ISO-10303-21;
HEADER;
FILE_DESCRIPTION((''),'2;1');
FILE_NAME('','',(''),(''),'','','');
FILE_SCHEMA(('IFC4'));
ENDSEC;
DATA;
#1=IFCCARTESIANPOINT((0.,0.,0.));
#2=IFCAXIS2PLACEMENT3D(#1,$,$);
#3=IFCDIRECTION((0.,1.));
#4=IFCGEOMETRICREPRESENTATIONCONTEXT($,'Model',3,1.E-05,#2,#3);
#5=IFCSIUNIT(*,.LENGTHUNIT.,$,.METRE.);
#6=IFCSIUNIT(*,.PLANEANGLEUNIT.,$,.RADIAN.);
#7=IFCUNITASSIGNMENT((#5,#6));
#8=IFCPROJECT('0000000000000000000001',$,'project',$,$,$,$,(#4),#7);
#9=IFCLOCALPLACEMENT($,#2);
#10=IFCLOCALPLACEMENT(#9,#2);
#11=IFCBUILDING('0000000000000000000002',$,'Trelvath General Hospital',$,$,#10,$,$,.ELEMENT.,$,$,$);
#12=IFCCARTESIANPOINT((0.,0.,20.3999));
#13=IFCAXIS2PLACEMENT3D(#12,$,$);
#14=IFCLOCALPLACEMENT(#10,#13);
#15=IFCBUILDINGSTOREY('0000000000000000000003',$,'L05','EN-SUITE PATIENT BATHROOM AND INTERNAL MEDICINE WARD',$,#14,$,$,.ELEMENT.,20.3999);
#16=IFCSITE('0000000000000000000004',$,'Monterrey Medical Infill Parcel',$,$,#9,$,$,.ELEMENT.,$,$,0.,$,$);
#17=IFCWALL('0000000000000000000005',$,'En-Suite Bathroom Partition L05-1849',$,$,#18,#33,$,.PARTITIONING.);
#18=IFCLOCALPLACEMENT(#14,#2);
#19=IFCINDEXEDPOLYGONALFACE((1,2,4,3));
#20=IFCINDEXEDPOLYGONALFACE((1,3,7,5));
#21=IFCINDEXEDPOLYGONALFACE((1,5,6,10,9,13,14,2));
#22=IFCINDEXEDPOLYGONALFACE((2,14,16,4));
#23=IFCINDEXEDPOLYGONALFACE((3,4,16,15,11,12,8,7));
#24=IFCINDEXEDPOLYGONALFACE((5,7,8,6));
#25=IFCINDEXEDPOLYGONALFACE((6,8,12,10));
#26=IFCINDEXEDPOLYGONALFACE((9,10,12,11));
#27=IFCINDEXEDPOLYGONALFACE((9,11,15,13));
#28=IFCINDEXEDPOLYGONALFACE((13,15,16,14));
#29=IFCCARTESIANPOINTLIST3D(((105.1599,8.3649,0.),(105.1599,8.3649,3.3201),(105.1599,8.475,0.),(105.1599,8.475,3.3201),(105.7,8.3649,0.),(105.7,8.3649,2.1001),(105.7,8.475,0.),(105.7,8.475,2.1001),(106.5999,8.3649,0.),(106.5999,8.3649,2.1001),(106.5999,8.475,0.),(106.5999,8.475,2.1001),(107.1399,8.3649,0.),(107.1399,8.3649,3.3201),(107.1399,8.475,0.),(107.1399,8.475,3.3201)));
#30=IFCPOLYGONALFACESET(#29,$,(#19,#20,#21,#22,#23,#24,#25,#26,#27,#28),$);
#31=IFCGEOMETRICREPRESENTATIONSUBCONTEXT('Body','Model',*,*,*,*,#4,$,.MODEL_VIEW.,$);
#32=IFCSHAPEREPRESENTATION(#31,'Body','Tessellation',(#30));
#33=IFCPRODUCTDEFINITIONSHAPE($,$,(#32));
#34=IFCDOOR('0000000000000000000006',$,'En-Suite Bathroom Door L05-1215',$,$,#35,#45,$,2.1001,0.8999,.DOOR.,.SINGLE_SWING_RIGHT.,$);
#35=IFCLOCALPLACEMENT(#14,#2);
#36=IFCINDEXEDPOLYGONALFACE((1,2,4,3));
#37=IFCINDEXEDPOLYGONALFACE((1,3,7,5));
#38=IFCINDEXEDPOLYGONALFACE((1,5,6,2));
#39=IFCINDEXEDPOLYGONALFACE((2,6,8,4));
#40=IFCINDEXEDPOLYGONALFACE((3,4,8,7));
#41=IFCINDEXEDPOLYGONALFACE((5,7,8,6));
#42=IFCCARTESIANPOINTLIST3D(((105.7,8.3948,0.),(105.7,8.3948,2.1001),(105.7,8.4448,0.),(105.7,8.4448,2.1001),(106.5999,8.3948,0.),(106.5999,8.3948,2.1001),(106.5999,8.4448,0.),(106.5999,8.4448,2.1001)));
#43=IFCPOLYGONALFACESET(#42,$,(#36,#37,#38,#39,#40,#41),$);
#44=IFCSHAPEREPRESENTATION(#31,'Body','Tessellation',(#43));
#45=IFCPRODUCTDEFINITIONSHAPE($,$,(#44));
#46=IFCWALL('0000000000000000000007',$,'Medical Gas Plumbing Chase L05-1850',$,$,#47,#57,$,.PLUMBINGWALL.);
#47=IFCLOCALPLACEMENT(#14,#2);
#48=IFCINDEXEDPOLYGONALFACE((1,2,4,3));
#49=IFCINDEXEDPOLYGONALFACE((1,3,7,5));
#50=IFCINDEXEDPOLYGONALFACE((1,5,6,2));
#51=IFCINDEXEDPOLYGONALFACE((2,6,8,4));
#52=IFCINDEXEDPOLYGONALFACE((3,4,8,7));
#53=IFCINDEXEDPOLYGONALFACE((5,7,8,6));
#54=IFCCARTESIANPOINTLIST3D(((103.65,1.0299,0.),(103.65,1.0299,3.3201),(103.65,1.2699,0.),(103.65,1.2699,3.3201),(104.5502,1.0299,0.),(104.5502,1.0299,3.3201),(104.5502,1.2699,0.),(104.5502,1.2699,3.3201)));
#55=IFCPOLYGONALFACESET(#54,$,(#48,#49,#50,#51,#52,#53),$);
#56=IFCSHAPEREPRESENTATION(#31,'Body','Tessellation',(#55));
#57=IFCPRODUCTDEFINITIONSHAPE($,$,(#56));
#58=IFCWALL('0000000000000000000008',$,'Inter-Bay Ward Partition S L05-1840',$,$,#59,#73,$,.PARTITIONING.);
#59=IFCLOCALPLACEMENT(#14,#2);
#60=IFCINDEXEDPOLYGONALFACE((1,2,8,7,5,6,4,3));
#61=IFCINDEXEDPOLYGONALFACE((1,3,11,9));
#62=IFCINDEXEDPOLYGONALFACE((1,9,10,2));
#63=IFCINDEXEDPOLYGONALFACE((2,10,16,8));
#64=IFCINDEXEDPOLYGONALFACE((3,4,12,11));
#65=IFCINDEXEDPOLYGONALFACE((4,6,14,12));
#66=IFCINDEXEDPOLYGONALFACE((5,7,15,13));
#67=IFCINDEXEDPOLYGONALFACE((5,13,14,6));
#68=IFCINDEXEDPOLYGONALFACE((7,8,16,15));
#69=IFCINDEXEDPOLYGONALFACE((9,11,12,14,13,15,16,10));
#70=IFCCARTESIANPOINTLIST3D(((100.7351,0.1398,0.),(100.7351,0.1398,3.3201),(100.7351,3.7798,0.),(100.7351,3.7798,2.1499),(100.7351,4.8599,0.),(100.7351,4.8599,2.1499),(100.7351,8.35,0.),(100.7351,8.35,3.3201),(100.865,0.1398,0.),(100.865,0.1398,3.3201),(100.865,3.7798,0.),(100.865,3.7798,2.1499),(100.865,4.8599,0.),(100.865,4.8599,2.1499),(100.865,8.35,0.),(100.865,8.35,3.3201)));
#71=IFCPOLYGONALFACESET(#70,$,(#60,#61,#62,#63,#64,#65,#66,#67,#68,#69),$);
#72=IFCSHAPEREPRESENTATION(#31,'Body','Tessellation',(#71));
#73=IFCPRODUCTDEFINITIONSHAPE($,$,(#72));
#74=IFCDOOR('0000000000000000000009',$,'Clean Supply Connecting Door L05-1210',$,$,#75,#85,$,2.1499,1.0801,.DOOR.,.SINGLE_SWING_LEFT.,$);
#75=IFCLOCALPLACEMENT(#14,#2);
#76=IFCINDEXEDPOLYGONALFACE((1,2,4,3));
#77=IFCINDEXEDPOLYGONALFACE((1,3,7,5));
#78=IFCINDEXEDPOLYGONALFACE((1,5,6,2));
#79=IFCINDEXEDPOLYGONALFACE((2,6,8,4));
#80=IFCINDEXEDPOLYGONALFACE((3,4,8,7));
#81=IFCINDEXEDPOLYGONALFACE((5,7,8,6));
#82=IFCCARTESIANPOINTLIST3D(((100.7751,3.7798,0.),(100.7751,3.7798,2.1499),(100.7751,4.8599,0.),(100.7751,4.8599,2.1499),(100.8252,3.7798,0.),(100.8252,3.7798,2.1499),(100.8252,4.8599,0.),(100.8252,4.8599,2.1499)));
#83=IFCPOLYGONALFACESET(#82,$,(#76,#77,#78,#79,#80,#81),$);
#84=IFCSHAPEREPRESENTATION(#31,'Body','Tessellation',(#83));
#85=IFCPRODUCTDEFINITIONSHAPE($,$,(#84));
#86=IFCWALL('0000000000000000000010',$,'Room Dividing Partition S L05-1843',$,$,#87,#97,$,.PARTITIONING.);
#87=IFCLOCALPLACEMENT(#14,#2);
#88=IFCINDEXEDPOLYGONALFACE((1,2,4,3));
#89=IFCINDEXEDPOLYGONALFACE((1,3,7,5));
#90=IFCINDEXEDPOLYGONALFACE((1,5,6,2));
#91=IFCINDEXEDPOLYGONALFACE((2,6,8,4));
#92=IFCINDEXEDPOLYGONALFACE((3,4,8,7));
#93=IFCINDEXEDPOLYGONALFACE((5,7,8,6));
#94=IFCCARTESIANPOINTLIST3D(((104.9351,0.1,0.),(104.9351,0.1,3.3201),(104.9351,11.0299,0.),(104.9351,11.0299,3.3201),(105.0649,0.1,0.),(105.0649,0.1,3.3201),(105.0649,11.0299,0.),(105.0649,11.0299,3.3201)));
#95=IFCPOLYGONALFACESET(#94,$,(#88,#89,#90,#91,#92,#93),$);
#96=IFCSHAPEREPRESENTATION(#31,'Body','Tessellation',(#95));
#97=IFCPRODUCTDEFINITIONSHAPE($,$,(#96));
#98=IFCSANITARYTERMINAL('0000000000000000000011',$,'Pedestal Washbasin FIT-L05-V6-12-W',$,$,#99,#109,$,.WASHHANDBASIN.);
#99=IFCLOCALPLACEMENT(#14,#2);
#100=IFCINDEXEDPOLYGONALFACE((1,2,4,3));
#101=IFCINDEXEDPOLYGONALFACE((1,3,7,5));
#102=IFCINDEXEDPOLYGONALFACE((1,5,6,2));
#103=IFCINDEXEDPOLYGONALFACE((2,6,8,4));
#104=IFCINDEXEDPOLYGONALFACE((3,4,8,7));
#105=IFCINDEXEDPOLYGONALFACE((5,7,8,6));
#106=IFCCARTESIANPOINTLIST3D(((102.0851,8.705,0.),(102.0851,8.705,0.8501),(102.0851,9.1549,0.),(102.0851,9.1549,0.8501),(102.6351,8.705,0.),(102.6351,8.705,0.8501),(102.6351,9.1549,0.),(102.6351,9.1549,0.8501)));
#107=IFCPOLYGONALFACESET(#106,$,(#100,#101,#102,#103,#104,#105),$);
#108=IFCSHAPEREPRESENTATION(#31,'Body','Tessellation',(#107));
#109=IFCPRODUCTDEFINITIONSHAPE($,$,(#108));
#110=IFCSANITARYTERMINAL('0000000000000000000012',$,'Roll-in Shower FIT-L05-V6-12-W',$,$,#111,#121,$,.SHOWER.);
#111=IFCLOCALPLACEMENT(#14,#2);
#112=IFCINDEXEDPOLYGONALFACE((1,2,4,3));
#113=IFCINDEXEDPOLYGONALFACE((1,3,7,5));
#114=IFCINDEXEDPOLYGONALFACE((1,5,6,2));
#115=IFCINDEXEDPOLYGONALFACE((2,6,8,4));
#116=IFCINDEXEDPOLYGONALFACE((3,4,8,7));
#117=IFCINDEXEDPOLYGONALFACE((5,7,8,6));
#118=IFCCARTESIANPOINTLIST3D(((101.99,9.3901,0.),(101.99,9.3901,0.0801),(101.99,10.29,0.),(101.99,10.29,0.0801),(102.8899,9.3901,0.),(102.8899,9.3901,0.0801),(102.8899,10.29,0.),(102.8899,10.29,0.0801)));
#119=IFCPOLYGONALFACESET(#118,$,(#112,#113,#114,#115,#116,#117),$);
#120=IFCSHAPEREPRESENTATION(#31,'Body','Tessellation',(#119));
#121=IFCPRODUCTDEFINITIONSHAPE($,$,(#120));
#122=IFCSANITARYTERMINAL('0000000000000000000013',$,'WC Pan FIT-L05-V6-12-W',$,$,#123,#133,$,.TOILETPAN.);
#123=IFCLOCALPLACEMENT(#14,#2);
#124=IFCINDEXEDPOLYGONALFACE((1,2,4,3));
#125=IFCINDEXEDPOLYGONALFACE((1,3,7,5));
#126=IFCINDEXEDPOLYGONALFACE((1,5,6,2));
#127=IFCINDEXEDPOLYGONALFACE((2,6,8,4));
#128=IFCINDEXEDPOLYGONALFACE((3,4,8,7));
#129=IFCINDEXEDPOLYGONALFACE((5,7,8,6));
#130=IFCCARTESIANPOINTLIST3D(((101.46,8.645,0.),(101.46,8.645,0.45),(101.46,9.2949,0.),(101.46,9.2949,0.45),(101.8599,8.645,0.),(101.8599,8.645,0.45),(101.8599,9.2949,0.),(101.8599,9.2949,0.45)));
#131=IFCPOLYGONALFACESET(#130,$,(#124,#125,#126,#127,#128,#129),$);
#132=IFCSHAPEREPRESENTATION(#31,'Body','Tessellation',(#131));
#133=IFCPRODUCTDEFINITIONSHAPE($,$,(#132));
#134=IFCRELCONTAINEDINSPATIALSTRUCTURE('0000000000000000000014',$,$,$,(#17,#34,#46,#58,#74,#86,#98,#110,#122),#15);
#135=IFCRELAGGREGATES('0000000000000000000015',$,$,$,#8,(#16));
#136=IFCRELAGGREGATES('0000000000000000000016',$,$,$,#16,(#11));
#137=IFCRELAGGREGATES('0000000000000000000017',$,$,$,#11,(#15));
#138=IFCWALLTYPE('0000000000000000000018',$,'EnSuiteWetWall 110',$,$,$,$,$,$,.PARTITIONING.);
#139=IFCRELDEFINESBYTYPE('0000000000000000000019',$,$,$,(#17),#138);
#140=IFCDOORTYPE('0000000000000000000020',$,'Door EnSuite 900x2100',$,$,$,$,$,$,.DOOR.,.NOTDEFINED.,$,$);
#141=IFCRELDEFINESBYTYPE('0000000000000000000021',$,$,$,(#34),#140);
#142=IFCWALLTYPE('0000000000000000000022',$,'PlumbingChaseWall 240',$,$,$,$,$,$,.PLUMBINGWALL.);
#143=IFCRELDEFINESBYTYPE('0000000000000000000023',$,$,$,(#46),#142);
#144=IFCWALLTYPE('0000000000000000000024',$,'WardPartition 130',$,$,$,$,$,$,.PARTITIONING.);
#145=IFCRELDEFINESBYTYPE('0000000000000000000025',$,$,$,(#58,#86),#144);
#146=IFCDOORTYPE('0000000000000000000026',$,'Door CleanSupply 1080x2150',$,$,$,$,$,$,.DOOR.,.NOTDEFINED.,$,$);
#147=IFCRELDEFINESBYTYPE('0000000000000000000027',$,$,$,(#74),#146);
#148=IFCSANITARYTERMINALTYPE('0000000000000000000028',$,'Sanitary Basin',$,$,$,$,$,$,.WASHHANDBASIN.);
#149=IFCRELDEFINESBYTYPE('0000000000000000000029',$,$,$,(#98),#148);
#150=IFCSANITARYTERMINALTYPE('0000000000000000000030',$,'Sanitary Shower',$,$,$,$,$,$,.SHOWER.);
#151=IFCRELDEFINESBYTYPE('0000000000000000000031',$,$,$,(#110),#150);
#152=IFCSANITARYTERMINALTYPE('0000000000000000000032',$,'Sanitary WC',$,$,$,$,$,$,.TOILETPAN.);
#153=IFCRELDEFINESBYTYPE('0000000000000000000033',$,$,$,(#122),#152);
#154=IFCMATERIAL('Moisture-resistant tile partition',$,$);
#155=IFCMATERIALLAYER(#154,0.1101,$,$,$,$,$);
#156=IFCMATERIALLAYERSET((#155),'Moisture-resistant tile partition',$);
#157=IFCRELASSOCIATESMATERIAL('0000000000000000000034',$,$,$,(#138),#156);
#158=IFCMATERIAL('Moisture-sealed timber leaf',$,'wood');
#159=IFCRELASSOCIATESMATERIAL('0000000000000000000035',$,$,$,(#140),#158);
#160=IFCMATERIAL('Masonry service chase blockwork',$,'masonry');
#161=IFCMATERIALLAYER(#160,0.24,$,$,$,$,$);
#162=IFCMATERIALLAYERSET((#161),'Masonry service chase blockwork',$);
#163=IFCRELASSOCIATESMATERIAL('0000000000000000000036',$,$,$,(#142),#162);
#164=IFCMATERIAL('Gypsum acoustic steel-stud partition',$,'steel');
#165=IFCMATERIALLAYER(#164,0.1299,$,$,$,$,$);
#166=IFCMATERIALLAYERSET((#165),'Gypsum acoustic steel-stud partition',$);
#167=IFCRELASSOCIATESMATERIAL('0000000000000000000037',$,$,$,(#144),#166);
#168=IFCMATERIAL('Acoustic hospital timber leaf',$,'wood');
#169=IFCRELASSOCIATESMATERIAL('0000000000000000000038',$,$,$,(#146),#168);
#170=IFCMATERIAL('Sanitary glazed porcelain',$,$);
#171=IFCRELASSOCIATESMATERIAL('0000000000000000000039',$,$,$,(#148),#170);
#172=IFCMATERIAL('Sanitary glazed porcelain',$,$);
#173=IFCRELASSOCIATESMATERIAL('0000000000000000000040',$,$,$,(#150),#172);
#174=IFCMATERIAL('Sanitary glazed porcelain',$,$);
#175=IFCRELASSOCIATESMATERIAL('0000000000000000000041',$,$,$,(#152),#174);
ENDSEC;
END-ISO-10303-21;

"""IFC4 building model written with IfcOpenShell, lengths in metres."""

from ifc_helpers import new_model, si_unit, direction, frame, frame_2d, origin, origin_2d, place, context, subcontext, project, spatial, rectangle, extrude, material, layer, layer_set, type_object, element, fill, save


model = new_model("IFC4")

# Units and contexts
model_context = context("Model", 3, precision=1e-05, world=origin(), true_north=direction((0.0, 1.0)))
body_context = subcontext(model_context, "Body", "Model", "MODEL_VIEW")
ifc_project = project(units=[si_unit("LENGTHUNIT", "METRE"), si_unit("PLANEANGLEUNIT", "RADIAN")], contexts=[model_context])

# Site, building, storey
site_placement = place(None, origin())
site = spatial("IfcSite", under=ifc_project, at=site_placement, Name="Monterrey Medical Infill Parcel", CompositionType="ELEMENT", RefElevation=0.0)
building_placement = place(site_placement, origin())
building = spatial("IfcBuilding", under=site, at=building_placement, Name="Trelvath General Hospital", CompositionType="ELEMENT")
storey_placement = place(building_placement, frame((0.0, 0.0, 20.3999)))
storey = spatial("IfcBuildingStorey", under=building, at=storey_placement, Name="L05", Description="EN-SUITE PATIENT BATHROOM AND INTERNAL MEDICINE WARD", CompositionType="ELEMENT", Elevation=20.3999)

# Shared definitions
ifc_material_1 = material(Name="Moisture-resistant tile partition")
ifc_layer_1 = layer(ifc_material_1, 0.1101)
ifc_layer_set_1 = layer_set([ifc_layer_1], Name="Moisture-resistant tile partition")
wall_type_1 = type_object("IfcWallType", Name="EnSuiteWetWall 110", PredefinedType="PARTITIONING", material=ifc_layer_set_1)

# Shared definitions
ifc_material_2 = material(Name="Moisture-sealed timber leaf", Category="wood")
door_type_1 = type_object("IfcDoorType", Name="Door EnSuite 900x2100", OperationType="NOTDEFINED", PredefinedType="DOOR", material=ifc_material_2)

# Wall, opening, door
wall_1_placement = place(storey_placement, frame((105.1599, 8.4199, 0.0), z_axis=(0.0, 0.0, 1.0), x_axis=(1.0, 0.0, 0.0)))
wall_1 = element("IfcWall", 1, at=wall_1_placement, inside=storey, type_object=wall_type_1, Name="En-Suite Bathroom Partition L05-1849", PredefinedType="PARTITIONING", context=body_context, shape_type="SweptSolid", body=[
    extrude(rectangle(XDim=1.98, YDim=0.1101, at=frame_2d((0.99, 0.0))), origin(), (0.0, 0.0, 1.0), 3.3201),
])
opening_1_placement = place(wall_1_placement, frame((0.54, 0.0, 0.0)))
opening_1 = element("IfcOpeningElement", 2, at=opening_1_placement, cuts=wall_1, PredefinedType="OPENING", context=body_context, shape_type="SweptSolid", body=[
    extrude(rectangle(XDim=0.8999, YDim=2.1001, at=frame_2d((0.45, 1.05))), frame((0.0, 0.0649, 0.0), z_axis=(0.0, -1.0, 0.0), x_axis=(1.0, 0.0, 0.0)), (0.0, 0.0, 1.0), 0.1301),
])
door_1_placement = place(opening_1_placement, origin())
door_1 = element("IfcDoor", 3, at=door_1_placement, inside=storey, type_object=door_type_1, Name="En-Suite Bathroom Door L05-1215", OperationType="SINGLE_SWING_RIGHT", OverallHeight=2.1001, OverallWidth=0.8999, PredefinedType="DOOR", context=body_context, shape_type="SweptSolid", body=[
    extrude(rectangle(XDim=0.8999, YDim=2.1001, at=frame_2d((0.45, 1.05))), frame((0.0, 0.0249, 0.0), z_axis=(0.0, -1.0, 0.0), x_axis=(1.0, 0.0, 0.0)), (0.0, 0.0, 1.0), 0.05),
])
fill(opening_1, door_1)

# Wall
ifc_material_3 = material(Name="Masonry service chase blockwork", Category="masonry")
ifc_layer_2 = layer(ifc_material_3, 0.24)
ifc_layer_set_2 = layer_set([ifc_layer_2], Name="Masonry service chase blockwork")
wall_type_2 = type_object("IfcWallType", Name="PlumbingChaseWall 240", PredefinedType="PLUMBINGWALL", material=ifc_layer_set_2)
wall_2_placement = place(storey_placement, frame((103.6499, 1.1499, 0.0), z_axis=(0.0, 0.0, 1.0), x_axis=(1.0, 0.0, 0.0)))
element("IfcWall", 4, at=wall_2_placement, inside=storey, type_object=wall_type_2, Name="Medical Gas Plumbing Chase L05-1850", PredefinedType="PLUMBINGWALL", context=body_context, shape_type="SweptSolid", body=[
    extrude(rectangle(XDim=0.9001, YDim=0.24, at=frame_2d((0.4502, 0.0))), origin(), (0.0, 0.0, 1.0), 3.3201),
])

# Wall, opening, door
ifc_material_4 = material(Name="Gypsum acoustic steel-stud partition", Category="steel")
ifc_layer_3 = layer(ifc_material_4, 0.1299)
ifc_layer_set_3 = layer_set([ifc_layer_3], Name="Gypsum acoustic steel-stud partition")
wall_type_3 = type_object("IfcWallType", Name="WardPartition 130", PredefinedType="PARTITIONING", material=ifc_layer_set_3)
wall_3_placement = place(storey_placement, frame((100.8, 0.1399, 0.0), z_axis=(0.0, 0.0, 1.0), x_axis=(0.0, 1.0, 0.0)))
wall_3 = element("IfcWall", 5, at=wall_3_placement, inside=storey, type_object=wall_type_3, Name="Inter-Bay Ward Partition S L05-1840", PredefinedType="PARTITIONING", context=body_context, shape_type="SweptSolid", body=[
    extrude(rectangle(XDim=8.2102, YDim=0.1299, at=frame_2d((4.105, 0.0))), origin(), (0.0, 0.0, 1.0), 3.3201),
])
opening_2_placement = place(wall_3_placement, frame((3.6399, 0.0, 0.0)))
opening_2 = element("IfcOpeningElement", 6, at=opening_2_placement, cuts=wall_3, PredefinedType="OPENING", context=body_context, shape_type="SweptSolid", body=[
    extrude(rectangle(XDim=1.0801, YDim=2.1499, at=frame_2d((0.54, 1.075))), frame((0.0, 0.075, 0.0), z_axis=(0.0, -1.0, 0.0), x_axis=(1.0, 0.0, 0.0)), (0.0, 0.0, 1.0), 0.1499),
])
ifc_material_5 = material(Name="Acoustic hospital timber leaf", Category="wood")
door_type_2 = type_object("IfcDoorType", Name="Door CleanSupply 1080x2150", OperationType="NOTDEFINED", PredefinedType="DOOR", material=ifc_material_5)
door_2_placement = place(opening_2_placement, origin())
door_2 = element("IfcDoor", 7, at=door_2_placement, inside=storey, type_object=door_type_2, Name="Clean Supply Connecting Door L05-1210", OperationType="SINGLE_SWING_LEFT", OverallHeight=2.1499, OverallWidth=1.0801, PredefinedType="DOOR", context=body_context, shape_type="SweptSolid", body=[
    extrude(rectangle(XDim=1.0801, YDim=2.1499, at=frame_2d((0.54, 1.075))), frame((0.0, 0.0249, 0.0), z_axis=(0.0, -1.0, 0.0), x_axis=(1.0, 0.0, 0.0)), (0.0, 0.0, 1.0), 0.05),
])
fill(opening_2, door_2)

# Wall
wall_4_placement = place(storey_placement, frame((105.0, 0.1001, 0.0), z_axis=(0.0, 0.0, 1.0), x_axis=(0.0, 1.0, 0.0)))
element("IfcWall", 8, at=wall_4_placement, inside=storey, type_object=wall_type_3, Name="Room Dividing Partition S L05-1843", PredefinedType="PARTITIONING", context=body_context, shape_type="SweptSolid", body=[
    extrude(rectangle(XDim=10.9299, YDim=0.1299, at=frame_2d((5.4648, 0.0))), origin(), (0.0, 0.0, 1.0), 3.3201),
])

# Sanitary terminals
ifc_material_6 = material(Name="Sanitary glazed porcelain")
sanitary_terminal_type_1 = type_object("IfcSanitaryTerminalType", Name="Sanitary Basin", PredefinedType="WASHHANDBASIN", material=ifc_material_6)
sanitary_terminal_1_placement = place(storey_placement, frame((102.3601, 8.9299, 0.0), z_axis=(0.0, 0.0, 1.0), x_axis=(1.0, 0.0, 0.0)))
element("IfcSanitaryTerminal", 9, at=sanitary_terminal_1_placement, inside=storey, type_object=sanitary_terminal_type_1, Name="Pedestal Washbasin FIT-L05-V6-12-W", PredefinedType="WASHHANDBASIN", context=body_context, shape_type="SweptSolid", body=[
    extrude(rectangle(XDim=0.55, YDim=0.45, at=origin_2d()), origin(), (0.0, 0.0, 1.0), 0.8501),
])
ifc_material_7 = material(Name="Sanitary glazed porcelain")
sanitary_terminal_type_2 = type_object("IfcSanitaryTerminalType", Name="Sanitary Shower", PredefinedType="SHOWER", material=ifc_material_7)
sanitary_terminal_2_placement = place(storey_placement, frame((102.4399, 9.8401, 0.0), z_axis=(0.0, 0.0, 1.0), x_axis=(1.0, 0.0, 0.0)))
element("IfcSanitaryTerminal", 10, at=sanitary_terminal_2_placement, inside=storey, type_object=sanitary_terminal_type_2, Name="Roll-in Shower FIT-L05-V6-12-W", PredefinedType="SHOWER", context=body_context, shape_type="SweptSolid", body=[
    extrude(rectangle(XDim=0.8999, YDim=0.8999, at=origin_2d()), origin(), (0.0, 0.0, 1.0), 0.0801),
])
ifc_material_8 = material(Name="Sanitary glazed porcelain")
sanitary_terminal_type_3 = type_object("IfcSanitaryTerminalType", Name="Sanitary WC", PredefinedType="TOILETPAN", material=ifc_material_8)
sanitary_terminal_3_placement = place(storey_placement, frame((101.6599, 8.97, 0.0), z_axis=(0.0, 0.0, 1.0), x_axis=(1.0, 0.0, 0.0)))
element("IfcSanitaryTerminal", 11, at=sanitary_terminal_3_placement, inside=storey, type_object=sanitary_terminal_type_3, Name="WC Pan FIT-L05-V6-12-W", PredefinedType="TOILETPAN", context=body_context, shape_type="SweptSolid", body=[
    extrude(rectangle(XDim=0.3999, YDim=0.6499, at=origin_2d()), origin(), (0.0, 0.0, 1.0), 0.45),
])

save(model, "model.ifc")
